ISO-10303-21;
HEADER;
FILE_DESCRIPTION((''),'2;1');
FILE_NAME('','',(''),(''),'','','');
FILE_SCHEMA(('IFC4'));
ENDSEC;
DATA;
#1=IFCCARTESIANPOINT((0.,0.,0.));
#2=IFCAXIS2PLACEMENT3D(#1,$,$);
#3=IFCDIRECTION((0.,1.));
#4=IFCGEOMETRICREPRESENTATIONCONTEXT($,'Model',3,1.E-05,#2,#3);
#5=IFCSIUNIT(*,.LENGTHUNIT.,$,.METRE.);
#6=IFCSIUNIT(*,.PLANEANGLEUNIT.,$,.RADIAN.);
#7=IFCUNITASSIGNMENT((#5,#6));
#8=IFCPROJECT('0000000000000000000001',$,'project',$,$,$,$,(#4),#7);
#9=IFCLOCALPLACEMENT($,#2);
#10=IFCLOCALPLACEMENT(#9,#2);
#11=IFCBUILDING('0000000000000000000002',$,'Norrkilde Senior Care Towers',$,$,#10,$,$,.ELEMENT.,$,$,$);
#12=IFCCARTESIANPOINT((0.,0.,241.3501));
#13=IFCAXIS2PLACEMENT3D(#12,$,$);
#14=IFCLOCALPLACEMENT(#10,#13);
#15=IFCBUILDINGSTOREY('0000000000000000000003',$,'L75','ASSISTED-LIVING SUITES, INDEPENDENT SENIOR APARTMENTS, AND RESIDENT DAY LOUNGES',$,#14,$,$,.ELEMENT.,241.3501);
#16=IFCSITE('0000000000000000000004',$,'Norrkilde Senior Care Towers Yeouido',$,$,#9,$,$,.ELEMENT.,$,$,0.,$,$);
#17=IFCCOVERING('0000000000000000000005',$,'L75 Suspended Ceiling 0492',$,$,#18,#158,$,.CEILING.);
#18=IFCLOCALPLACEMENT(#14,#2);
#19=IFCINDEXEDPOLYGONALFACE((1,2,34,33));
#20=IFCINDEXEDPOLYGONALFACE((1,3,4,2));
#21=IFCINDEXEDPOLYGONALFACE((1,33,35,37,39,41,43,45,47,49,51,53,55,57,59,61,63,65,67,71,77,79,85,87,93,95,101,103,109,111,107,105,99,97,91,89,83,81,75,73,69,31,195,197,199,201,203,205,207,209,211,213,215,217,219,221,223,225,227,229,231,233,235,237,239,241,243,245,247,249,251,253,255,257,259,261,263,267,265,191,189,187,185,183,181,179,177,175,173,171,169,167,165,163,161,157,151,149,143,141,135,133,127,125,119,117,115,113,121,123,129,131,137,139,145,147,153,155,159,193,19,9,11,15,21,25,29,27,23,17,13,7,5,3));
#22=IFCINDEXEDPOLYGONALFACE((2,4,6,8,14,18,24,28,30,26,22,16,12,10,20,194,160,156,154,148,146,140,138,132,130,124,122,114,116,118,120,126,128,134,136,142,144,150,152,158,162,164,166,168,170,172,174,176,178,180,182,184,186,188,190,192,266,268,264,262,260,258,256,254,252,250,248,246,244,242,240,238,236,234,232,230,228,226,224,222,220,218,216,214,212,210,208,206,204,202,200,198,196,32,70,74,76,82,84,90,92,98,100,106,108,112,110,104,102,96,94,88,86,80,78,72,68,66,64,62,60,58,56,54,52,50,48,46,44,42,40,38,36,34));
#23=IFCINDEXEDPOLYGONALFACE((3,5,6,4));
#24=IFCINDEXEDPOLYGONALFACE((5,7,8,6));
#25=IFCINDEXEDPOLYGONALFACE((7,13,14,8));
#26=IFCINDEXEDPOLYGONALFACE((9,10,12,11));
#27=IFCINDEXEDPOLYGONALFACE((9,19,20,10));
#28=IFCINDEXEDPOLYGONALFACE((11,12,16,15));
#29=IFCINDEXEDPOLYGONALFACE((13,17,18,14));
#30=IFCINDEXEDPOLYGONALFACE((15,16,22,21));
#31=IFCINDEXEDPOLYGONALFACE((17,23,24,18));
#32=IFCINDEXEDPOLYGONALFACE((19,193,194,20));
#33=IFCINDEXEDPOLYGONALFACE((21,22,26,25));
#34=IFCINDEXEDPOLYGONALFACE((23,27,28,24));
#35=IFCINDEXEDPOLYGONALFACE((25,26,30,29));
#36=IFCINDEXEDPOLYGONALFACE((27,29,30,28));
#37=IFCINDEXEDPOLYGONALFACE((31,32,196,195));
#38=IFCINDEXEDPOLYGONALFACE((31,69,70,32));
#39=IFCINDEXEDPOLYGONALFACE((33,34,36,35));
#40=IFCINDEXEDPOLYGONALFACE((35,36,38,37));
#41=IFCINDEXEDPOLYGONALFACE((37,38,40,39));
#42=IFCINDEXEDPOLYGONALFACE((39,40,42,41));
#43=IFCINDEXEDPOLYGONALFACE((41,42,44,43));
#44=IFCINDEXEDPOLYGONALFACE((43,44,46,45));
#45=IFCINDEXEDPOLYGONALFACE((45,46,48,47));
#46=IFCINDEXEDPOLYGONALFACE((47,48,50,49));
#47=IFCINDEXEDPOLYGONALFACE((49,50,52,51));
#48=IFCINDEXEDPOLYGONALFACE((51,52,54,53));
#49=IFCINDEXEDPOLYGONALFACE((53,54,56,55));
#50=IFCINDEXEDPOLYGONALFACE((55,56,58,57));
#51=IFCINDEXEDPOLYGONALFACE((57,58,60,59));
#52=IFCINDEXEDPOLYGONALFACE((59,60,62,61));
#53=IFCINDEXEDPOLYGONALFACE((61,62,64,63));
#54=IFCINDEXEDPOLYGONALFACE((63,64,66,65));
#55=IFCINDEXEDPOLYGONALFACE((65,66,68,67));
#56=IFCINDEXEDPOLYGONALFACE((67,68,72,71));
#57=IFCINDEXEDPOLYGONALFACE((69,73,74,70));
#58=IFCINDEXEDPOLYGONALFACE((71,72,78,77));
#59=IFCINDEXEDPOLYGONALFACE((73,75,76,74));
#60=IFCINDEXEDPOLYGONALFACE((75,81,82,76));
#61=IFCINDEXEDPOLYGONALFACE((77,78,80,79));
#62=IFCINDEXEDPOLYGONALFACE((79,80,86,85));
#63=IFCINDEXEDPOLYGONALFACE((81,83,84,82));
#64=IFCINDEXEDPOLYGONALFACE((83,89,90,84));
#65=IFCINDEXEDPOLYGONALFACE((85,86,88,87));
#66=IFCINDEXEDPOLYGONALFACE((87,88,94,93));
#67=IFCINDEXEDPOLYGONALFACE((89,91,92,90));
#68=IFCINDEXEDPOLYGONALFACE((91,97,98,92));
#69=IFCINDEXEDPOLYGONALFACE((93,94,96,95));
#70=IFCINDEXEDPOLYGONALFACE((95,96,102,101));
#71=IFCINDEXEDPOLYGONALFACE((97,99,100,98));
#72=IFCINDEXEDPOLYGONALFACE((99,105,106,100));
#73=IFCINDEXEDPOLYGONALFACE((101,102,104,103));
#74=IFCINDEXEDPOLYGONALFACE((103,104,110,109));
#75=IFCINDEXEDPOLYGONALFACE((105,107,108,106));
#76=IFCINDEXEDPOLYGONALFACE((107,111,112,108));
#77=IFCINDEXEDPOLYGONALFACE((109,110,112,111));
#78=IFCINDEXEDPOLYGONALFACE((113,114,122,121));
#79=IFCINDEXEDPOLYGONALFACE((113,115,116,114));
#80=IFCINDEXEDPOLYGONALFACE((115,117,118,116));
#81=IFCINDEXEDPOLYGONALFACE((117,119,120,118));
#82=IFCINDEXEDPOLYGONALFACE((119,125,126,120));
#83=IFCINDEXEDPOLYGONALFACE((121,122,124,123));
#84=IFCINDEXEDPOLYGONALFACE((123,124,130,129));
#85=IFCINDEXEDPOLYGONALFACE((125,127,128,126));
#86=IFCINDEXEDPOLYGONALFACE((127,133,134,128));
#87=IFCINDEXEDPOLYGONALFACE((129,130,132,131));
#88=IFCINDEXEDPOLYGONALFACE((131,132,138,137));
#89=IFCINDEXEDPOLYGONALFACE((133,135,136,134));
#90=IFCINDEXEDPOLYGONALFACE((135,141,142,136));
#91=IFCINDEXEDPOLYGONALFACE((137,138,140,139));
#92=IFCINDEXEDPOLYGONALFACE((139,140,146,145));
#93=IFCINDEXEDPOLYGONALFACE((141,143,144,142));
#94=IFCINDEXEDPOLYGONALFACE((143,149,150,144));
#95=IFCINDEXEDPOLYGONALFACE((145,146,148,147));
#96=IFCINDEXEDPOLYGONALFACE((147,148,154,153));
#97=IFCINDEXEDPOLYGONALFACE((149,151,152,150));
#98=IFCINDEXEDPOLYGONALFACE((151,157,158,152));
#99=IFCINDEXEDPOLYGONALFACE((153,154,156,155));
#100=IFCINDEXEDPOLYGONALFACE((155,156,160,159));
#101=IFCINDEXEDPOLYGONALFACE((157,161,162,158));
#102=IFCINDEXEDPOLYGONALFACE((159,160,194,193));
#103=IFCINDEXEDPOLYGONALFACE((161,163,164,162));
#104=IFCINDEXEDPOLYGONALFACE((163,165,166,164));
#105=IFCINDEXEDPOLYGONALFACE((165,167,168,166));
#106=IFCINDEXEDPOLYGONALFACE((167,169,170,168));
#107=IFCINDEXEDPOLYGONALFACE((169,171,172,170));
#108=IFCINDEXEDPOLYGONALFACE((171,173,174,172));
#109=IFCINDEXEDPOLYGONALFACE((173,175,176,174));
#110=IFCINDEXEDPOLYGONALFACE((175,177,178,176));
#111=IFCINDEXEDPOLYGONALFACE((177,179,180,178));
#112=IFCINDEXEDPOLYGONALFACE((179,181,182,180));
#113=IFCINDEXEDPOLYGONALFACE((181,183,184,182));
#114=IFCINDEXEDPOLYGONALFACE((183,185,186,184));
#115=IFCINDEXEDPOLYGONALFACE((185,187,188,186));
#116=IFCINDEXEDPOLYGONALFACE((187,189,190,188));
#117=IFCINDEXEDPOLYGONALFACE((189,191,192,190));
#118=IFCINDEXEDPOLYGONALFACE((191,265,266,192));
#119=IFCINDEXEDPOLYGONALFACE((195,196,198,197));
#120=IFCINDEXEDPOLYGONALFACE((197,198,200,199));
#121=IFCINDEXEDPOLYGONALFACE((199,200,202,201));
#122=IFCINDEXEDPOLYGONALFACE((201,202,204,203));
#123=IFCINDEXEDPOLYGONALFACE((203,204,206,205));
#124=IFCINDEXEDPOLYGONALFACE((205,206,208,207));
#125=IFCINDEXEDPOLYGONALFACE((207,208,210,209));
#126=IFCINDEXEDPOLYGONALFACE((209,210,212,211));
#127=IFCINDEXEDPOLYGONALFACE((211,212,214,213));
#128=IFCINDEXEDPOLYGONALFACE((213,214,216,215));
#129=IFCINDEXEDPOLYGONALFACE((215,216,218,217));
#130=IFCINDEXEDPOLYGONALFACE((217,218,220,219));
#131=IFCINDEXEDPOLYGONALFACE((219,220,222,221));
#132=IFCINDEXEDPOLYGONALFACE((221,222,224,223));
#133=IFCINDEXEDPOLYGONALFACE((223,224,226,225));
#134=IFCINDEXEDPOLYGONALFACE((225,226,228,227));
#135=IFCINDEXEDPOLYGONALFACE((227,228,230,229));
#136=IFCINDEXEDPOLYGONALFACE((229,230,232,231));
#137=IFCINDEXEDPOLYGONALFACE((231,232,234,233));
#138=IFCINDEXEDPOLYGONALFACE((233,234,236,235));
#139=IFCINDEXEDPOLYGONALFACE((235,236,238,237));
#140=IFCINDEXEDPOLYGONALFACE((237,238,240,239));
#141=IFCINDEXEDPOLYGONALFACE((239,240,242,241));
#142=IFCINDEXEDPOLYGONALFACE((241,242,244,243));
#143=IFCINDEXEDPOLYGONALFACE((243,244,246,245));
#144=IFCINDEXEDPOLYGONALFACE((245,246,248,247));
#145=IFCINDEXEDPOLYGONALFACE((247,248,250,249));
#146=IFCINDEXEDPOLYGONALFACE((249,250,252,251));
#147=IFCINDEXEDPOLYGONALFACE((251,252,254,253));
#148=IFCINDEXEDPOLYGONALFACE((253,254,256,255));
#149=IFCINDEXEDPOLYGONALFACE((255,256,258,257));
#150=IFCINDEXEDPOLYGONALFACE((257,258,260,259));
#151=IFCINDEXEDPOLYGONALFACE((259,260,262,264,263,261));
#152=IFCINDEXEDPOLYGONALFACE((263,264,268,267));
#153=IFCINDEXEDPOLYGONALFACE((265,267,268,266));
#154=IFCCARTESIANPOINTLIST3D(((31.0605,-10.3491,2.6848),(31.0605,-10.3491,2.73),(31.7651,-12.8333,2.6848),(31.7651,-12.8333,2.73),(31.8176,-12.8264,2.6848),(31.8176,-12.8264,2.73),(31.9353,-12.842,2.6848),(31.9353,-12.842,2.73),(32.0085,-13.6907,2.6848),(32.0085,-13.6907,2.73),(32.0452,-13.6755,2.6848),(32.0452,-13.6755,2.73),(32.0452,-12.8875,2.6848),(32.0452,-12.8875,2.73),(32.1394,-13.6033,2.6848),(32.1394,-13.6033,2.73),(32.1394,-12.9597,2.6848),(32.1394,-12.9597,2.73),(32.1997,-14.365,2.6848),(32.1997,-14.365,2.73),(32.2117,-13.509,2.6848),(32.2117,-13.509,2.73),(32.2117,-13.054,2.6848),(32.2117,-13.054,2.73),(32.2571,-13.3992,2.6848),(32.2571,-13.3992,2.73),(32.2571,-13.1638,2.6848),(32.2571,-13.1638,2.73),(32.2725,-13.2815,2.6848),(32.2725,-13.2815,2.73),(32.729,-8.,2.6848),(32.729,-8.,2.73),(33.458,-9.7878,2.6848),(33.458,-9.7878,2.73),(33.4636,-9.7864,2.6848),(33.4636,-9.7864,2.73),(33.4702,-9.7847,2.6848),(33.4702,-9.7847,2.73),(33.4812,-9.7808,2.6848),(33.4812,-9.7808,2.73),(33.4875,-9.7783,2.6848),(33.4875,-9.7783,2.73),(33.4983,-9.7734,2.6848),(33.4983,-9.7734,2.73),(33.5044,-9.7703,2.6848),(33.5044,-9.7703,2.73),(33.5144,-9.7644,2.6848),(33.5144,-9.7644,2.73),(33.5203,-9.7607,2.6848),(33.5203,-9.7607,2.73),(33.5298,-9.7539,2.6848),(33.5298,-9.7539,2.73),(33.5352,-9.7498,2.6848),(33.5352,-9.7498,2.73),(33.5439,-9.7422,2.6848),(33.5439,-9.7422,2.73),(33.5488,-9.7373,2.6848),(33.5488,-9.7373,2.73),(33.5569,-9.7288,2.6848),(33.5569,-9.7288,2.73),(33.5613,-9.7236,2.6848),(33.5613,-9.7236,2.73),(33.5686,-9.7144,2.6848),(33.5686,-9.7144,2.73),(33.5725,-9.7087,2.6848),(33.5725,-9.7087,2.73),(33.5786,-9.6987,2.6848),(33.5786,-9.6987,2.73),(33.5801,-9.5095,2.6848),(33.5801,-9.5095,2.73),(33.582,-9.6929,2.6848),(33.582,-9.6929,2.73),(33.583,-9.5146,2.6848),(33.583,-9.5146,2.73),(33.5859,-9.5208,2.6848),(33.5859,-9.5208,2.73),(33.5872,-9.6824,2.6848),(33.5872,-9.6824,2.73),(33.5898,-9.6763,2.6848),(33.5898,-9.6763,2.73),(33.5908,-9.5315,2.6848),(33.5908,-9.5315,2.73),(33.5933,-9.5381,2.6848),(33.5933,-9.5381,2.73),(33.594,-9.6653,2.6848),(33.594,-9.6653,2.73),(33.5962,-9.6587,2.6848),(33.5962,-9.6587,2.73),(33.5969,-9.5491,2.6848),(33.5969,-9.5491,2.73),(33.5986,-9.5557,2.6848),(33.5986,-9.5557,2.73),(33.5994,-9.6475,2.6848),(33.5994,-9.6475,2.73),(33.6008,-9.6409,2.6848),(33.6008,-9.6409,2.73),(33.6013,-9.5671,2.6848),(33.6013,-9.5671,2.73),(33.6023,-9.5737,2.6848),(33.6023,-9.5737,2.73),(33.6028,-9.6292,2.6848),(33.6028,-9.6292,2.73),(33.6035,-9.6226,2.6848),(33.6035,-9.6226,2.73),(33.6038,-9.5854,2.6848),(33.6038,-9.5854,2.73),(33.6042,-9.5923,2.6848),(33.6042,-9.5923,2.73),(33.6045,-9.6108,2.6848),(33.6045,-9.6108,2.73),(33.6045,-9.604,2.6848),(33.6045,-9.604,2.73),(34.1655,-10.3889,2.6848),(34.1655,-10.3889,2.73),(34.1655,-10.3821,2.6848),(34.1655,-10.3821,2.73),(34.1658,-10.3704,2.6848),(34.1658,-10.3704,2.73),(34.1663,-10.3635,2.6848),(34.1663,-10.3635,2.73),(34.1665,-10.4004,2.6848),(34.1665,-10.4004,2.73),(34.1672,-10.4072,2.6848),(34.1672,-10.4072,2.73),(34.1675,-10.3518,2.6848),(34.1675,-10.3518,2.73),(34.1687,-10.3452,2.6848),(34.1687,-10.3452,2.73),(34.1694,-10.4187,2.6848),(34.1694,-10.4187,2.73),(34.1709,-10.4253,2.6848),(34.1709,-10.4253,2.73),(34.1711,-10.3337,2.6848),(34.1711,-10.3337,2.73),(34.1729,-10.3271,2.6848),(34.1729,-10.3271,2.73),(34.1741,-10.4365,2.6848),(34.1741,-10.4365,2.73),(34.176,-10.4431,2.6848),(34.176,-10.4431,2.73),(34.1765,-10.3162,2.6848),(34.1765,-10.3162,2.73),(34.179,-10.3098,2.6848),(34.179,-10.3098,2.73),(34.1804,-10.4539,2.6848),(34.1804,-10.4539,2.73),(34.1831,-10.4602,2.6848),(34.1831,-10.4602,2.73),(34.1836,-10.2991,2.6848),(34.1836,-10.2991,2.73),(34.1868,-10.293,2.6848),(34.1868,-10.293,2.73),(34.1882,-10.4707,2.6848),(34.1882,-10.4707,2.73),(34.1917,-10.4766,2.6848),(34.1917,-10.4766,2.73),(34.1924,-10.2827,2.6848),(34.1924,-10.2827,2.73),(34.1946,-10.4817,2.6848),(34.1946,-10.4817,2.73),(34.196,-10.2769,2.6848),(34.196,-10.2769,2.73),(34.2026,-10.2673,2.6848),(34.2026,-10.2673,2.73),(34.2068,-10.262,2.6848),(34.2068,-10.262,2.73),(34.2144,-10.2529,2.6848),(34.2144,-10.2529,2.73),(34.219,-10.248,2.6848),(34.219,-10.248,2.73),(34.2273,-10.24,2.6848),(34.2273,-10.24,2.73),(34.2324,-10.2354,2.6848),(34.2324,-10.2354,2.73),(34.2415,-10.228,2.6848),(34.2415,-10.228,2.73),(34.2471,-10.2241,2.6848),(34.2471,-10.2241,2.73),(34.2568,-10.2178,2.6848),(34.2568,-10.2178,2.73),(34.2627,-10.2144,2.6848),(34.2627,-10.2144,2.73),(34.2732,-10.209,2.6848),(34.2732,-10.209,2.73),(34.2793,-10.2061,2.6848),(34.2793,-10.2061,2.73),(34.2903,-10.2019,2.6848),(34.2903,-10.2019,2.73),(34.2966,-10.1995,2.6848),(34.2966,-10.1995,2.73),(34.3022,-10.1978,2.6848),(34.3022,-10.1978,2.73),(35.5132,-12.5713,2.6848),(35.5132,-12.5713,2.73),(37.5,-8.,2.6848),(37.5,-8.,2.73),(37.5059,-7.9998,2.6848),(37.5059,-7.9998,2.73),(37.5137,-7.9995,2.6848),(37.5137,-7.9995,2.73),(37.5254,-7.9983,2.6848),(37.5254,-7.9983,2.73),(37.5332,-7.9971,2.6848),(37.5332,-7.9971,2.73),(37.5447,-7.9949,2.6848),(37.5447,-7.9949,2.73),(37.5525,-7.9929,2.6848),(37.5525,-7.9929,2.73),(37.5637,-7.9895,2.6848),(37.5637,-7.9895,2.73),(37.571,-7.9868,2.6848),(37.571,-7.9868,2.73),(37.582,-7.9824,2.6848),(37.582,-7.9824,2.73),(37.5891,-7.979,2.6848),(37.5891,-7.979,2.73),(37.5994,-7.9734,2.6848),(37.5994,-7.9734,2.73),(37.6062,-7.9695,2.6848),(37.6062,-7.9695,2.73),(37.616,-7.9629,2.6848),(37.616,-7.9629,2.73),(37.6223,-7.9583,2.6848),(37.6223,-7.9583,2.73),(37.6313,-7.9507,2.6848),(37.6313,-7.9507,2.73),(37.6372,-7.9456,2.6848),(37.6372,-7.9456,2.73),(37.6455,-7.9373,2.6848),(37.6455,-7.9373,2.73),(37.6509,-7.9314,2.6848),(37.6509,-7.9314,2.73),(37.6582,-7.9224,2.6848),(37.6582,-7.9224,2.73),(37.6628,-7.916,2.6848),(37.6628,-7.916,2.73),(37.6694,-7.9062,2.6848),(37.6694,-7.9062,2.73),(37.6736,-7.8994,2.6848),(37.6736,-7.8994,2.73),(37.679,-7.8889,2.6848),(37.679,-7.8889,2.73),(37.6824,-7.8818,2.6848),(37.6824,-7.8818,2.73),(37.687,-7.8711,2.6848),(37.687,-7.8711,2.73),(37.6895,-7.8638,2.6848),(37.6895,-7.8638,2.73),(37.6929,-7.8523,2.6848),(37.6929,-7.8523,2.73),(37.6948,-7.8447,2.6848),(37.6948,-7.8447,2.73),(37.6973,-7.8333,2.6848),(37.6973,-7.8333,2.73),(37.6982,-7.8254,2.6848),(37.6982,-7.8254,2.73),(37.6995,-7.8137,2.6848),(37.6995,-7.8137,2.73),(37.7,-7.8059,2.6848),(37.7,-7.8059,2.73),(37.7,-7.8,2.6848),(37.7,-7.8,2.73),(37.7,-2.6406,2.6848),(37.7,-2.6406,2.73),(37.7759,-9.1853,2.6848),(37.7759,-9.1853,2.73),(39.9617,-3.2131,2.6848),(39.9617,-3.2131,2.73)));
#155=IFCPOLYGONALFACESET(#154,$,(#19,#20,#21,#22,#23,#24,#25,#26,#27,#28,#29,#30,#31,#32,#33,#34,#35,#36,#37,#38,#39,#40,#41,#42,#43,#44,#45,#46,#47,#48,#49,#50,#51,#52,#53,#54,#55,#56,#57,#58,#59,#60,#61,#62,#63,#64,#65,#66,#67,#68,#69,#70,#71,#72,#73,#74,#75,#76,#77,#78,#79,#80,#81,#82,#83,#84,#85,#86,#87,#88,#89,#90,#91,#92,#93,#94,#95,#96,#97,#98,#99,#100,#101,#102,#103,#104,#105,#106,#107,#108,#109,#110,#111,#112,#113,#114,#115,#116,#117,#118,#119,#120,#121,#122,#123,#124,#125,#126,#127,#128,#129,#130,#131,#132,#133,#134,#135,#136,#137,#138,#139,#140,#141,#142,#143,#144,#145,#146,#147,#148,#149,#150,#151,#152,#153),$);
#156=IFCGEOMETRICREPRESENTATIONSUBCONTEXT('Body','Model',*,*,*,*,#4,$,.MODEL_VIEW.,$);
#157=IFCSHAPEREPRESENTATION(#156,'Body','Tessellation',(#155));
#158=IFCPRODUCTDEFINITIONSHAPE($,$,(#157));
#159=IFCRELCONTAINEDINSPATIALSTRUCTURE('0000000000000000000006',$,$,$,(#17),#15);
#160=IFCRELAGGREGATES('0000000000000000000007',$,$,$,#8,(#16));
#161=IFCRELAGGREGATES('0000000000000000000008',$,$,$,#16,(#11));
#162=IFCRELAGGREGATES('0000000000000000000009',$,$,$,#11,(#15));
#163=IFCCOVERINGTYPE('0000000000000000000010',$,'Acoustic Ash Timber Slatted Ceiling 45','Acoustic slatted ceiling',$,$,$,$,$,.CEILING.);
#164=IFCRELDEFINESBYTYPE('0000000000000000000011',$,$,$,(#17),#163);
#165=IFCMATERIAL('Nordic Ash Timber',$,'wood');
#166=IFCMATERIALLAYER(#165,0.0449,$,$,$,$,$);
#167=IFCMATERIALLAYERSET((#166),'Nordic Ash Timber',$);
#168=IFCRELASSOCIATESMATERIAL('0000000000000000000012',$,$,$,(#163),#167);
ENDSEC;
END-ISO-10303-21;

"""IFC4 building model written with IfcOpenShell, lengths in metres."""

from ifc_helpers import new_model, si_unit, direction, frame, origin, place, context, subcontext, project, spatial, polyline, outline, extrude, material, layer, layer_set, type_object, element, save


model = new_model("IFC4")

# Units and contexts
model_context = context("Model", 3, precision=1e-05, world=origin(), true_north=direction((0.0, 1.0)))
body_context = subcontext(model_context, "Body", "Model", "MODEL_VIEW")
ifc_project = project(units=[si_unit("LENGTHUNIT", "METRE"), si_unit("PLANEANGLEUNIT", "RADIAN")], contexts=[model_context])

# Site, building, storey
site_placement = place(None, origin())
site = spatial("IfcSite", under=ifc_project, at=site_placement, Name="Norrkilde Senior Care Towers Yeouido", CompositionType="ELEMENT", RefElevation=0.0)
building_placement = place(site_placement, origin())
building = spatial("IfcBuilding", under=site, at=building_placement, Name="Norrkilde Senior Care Towers", CompositionType="ELEMENT")
storey_placement = place(building_placement, frame((0.0, 0.0, 241.3501)))
storey = spatial("IfcBuildingStorey", under=building, at=storey_placement, Name="L75", Description="ASSISTED-LIVING SUITES, INDEPENDENT SENIOR APARTMENTS, AND RESIDENT DAY LOUNGES", CompositionType="ELEMENT", Elevation=241.3501)

# Shared definitions
ifc_material_1 = material(Name="Nordic Ash Timber", Category="wood")

# Covering
ifc_layer_1 = layer(ifc_material_1, 0.0449)
ifc_layer_set_1 = layer_set([ifc_layer_1], Name="Nordic Ash Timber")
covering_type_1 = type_object("IfcCoveringType", Name="Acoustic Ash Timber Slatted Ceiling 45", Description="Acoustic slatted ceiling", PredefinedType="CEILING", material=ifc_layer_set_1)
covering_1_placement = place(storey_placement, frame((0.0, 0.0, 2.6848)))
element("IfcCovering", 1, at=covering_1_placement, inside=storey, type_object=covering_type_1, Name="L75 Suspended Ceiling 0492", PredefinedType="CEILING", context=body_context, shape_type="SweptSolid", body=[
    extrude(outline(polyline([(33.4983, -9.7734), (33.5044, -9.7703), (33.5144, -9.7644), (33.5203, -9.7607), (33.5298, -9.7539), (33.5352, -9.7498), (33.5439, -9.7422), (33.5488, -9.7373), (33.5569, -9.7288), (33.5613, -9.7236), (33.5686, -9.7144), (33.5725, -9.7087), (33.5786, -9.6987), (33.582, -9.6929), (33.5872, -9.6824), (33.5898, -9.6763), (33.594, -9.6653), (33.5962, -9.6587), (33.5994, -9.6475), (33.6008, -9.6409), (33.6028, -9.6292), (33.6035, -9.6226), (33.6045, -9.6108), (33.6045, -9.604), (33.6042, -9.5923), (33.6038, -9.5854), (33.6023, -9.5737), (33.6013, -9.5671), (33.5986, -9.5557), (33.5969, -9.5491), (33.5933, -9.5381), (33.5908, -9.5315), (33.5859, -9.5208), (33.583, -9.5146), (33.5801, -9.5095), (32.729, -8.0), (37.5, -8.0), (37.5059, -7.9998), (37.5137, -7.9995), (37.5254, -7.9983), (37.5332, -7.9971), (37.5447, -7.9949), (37.5525, -7.9929), (37.5637, -7.9895), (37.571, -7.9868), (37.582, -7.9824), (37.5891, -7.979), (37.5994, -7.9734), (37.6062, -7.9695), (37.616, -7.9629), (37.6223, -7.9583), (37.6313, -7.9507), (37.6372, -7.9456), (37.6455, -7.9373), (37.6509, -7.9314), (37.6582, -7.9224), (37.6628, -7.916), (37.6694, -7.9062), (37.6736, -7.8994), (37.679, -7.8889), (37.6824, -7.8818), (37.687, -7.8711), (37.6895, -7.8638), (37.6929, -7.8523), (37.6948, -7.8447), (37.6973, -7.8333), (37.6982, -7.8254), (37.6995, -7.8137), (37.7, -7.8059), (37.7, -7.8), (37.7, -2.6406), (39.9617, -3.2131), (37.7759, -9.1853), (34.3022, -10.1978), (34.2966, -10.1995), (34.2903, -10.2019), (34.2793, -10.2061), (34.2732, -10.209), (34.2627, -10.2144), (34.2568, -10.2178), (34.2471, -10.2241), (34.2415, -10.228), (34.2324, -10.2354), (34.2273, -10.24), (34.219, -10.248), (34.2144, -10.2529), (34.2068, -10.262), (34.2026, -10.2673), (34.196, -10.2769), (34.1924, -10.2827), (34.1868, -10.293), (34.1836, -10.2991), (34.179, -10.3098), (34.1765, -10.3162), (34.1729, -10.3271), (34.1711, -10.3337), (34.1687, -10.3452), (34.1675, -10.3518), (34.1663, -10.3635), (34.1658, -10.3704), (34.1655, -10.3821), (34.1655, -10.3889), (34.1665, -10.4004), (34.1672, -10.4072), (34.1694, -10.4187), (34.1709, -10.4253), (34.1741, -10.4365), (34.176, -10.4431), (34.1804, -10.4539), (34.1831, -10.4602), (34.1882, -10.4707), (34.1917, -10.4766), (34.1946, -10.4817), (35.5132, -12.5713), (32.1997, -14.365), (32.0085, -13.6907), (32.0452, -13.6755), (32.1394, -13.6033), (32.2117, -13.509), (32.2571, -13.3992), (32.2725, -13.2815), (32.2571, -13.1638), (32.2117, -13.054), (32.1394, -12.9597), (32.0452, -12.8875), (31.9353, -12.842), (31.8176, -12.8264), (31.7651, -12.8333), (31.0605, -10.3491), (33.458, -9.7878), (33.4636, -9.7864), (33.4702, -9.7847), (33.4812, -9.7808), (33.4875, -9.7783), (33.4983, -9.7734)])), origin(), (0.0, 0.0, 1.0), 0.0452),
])

save(model, "model.ifc")
